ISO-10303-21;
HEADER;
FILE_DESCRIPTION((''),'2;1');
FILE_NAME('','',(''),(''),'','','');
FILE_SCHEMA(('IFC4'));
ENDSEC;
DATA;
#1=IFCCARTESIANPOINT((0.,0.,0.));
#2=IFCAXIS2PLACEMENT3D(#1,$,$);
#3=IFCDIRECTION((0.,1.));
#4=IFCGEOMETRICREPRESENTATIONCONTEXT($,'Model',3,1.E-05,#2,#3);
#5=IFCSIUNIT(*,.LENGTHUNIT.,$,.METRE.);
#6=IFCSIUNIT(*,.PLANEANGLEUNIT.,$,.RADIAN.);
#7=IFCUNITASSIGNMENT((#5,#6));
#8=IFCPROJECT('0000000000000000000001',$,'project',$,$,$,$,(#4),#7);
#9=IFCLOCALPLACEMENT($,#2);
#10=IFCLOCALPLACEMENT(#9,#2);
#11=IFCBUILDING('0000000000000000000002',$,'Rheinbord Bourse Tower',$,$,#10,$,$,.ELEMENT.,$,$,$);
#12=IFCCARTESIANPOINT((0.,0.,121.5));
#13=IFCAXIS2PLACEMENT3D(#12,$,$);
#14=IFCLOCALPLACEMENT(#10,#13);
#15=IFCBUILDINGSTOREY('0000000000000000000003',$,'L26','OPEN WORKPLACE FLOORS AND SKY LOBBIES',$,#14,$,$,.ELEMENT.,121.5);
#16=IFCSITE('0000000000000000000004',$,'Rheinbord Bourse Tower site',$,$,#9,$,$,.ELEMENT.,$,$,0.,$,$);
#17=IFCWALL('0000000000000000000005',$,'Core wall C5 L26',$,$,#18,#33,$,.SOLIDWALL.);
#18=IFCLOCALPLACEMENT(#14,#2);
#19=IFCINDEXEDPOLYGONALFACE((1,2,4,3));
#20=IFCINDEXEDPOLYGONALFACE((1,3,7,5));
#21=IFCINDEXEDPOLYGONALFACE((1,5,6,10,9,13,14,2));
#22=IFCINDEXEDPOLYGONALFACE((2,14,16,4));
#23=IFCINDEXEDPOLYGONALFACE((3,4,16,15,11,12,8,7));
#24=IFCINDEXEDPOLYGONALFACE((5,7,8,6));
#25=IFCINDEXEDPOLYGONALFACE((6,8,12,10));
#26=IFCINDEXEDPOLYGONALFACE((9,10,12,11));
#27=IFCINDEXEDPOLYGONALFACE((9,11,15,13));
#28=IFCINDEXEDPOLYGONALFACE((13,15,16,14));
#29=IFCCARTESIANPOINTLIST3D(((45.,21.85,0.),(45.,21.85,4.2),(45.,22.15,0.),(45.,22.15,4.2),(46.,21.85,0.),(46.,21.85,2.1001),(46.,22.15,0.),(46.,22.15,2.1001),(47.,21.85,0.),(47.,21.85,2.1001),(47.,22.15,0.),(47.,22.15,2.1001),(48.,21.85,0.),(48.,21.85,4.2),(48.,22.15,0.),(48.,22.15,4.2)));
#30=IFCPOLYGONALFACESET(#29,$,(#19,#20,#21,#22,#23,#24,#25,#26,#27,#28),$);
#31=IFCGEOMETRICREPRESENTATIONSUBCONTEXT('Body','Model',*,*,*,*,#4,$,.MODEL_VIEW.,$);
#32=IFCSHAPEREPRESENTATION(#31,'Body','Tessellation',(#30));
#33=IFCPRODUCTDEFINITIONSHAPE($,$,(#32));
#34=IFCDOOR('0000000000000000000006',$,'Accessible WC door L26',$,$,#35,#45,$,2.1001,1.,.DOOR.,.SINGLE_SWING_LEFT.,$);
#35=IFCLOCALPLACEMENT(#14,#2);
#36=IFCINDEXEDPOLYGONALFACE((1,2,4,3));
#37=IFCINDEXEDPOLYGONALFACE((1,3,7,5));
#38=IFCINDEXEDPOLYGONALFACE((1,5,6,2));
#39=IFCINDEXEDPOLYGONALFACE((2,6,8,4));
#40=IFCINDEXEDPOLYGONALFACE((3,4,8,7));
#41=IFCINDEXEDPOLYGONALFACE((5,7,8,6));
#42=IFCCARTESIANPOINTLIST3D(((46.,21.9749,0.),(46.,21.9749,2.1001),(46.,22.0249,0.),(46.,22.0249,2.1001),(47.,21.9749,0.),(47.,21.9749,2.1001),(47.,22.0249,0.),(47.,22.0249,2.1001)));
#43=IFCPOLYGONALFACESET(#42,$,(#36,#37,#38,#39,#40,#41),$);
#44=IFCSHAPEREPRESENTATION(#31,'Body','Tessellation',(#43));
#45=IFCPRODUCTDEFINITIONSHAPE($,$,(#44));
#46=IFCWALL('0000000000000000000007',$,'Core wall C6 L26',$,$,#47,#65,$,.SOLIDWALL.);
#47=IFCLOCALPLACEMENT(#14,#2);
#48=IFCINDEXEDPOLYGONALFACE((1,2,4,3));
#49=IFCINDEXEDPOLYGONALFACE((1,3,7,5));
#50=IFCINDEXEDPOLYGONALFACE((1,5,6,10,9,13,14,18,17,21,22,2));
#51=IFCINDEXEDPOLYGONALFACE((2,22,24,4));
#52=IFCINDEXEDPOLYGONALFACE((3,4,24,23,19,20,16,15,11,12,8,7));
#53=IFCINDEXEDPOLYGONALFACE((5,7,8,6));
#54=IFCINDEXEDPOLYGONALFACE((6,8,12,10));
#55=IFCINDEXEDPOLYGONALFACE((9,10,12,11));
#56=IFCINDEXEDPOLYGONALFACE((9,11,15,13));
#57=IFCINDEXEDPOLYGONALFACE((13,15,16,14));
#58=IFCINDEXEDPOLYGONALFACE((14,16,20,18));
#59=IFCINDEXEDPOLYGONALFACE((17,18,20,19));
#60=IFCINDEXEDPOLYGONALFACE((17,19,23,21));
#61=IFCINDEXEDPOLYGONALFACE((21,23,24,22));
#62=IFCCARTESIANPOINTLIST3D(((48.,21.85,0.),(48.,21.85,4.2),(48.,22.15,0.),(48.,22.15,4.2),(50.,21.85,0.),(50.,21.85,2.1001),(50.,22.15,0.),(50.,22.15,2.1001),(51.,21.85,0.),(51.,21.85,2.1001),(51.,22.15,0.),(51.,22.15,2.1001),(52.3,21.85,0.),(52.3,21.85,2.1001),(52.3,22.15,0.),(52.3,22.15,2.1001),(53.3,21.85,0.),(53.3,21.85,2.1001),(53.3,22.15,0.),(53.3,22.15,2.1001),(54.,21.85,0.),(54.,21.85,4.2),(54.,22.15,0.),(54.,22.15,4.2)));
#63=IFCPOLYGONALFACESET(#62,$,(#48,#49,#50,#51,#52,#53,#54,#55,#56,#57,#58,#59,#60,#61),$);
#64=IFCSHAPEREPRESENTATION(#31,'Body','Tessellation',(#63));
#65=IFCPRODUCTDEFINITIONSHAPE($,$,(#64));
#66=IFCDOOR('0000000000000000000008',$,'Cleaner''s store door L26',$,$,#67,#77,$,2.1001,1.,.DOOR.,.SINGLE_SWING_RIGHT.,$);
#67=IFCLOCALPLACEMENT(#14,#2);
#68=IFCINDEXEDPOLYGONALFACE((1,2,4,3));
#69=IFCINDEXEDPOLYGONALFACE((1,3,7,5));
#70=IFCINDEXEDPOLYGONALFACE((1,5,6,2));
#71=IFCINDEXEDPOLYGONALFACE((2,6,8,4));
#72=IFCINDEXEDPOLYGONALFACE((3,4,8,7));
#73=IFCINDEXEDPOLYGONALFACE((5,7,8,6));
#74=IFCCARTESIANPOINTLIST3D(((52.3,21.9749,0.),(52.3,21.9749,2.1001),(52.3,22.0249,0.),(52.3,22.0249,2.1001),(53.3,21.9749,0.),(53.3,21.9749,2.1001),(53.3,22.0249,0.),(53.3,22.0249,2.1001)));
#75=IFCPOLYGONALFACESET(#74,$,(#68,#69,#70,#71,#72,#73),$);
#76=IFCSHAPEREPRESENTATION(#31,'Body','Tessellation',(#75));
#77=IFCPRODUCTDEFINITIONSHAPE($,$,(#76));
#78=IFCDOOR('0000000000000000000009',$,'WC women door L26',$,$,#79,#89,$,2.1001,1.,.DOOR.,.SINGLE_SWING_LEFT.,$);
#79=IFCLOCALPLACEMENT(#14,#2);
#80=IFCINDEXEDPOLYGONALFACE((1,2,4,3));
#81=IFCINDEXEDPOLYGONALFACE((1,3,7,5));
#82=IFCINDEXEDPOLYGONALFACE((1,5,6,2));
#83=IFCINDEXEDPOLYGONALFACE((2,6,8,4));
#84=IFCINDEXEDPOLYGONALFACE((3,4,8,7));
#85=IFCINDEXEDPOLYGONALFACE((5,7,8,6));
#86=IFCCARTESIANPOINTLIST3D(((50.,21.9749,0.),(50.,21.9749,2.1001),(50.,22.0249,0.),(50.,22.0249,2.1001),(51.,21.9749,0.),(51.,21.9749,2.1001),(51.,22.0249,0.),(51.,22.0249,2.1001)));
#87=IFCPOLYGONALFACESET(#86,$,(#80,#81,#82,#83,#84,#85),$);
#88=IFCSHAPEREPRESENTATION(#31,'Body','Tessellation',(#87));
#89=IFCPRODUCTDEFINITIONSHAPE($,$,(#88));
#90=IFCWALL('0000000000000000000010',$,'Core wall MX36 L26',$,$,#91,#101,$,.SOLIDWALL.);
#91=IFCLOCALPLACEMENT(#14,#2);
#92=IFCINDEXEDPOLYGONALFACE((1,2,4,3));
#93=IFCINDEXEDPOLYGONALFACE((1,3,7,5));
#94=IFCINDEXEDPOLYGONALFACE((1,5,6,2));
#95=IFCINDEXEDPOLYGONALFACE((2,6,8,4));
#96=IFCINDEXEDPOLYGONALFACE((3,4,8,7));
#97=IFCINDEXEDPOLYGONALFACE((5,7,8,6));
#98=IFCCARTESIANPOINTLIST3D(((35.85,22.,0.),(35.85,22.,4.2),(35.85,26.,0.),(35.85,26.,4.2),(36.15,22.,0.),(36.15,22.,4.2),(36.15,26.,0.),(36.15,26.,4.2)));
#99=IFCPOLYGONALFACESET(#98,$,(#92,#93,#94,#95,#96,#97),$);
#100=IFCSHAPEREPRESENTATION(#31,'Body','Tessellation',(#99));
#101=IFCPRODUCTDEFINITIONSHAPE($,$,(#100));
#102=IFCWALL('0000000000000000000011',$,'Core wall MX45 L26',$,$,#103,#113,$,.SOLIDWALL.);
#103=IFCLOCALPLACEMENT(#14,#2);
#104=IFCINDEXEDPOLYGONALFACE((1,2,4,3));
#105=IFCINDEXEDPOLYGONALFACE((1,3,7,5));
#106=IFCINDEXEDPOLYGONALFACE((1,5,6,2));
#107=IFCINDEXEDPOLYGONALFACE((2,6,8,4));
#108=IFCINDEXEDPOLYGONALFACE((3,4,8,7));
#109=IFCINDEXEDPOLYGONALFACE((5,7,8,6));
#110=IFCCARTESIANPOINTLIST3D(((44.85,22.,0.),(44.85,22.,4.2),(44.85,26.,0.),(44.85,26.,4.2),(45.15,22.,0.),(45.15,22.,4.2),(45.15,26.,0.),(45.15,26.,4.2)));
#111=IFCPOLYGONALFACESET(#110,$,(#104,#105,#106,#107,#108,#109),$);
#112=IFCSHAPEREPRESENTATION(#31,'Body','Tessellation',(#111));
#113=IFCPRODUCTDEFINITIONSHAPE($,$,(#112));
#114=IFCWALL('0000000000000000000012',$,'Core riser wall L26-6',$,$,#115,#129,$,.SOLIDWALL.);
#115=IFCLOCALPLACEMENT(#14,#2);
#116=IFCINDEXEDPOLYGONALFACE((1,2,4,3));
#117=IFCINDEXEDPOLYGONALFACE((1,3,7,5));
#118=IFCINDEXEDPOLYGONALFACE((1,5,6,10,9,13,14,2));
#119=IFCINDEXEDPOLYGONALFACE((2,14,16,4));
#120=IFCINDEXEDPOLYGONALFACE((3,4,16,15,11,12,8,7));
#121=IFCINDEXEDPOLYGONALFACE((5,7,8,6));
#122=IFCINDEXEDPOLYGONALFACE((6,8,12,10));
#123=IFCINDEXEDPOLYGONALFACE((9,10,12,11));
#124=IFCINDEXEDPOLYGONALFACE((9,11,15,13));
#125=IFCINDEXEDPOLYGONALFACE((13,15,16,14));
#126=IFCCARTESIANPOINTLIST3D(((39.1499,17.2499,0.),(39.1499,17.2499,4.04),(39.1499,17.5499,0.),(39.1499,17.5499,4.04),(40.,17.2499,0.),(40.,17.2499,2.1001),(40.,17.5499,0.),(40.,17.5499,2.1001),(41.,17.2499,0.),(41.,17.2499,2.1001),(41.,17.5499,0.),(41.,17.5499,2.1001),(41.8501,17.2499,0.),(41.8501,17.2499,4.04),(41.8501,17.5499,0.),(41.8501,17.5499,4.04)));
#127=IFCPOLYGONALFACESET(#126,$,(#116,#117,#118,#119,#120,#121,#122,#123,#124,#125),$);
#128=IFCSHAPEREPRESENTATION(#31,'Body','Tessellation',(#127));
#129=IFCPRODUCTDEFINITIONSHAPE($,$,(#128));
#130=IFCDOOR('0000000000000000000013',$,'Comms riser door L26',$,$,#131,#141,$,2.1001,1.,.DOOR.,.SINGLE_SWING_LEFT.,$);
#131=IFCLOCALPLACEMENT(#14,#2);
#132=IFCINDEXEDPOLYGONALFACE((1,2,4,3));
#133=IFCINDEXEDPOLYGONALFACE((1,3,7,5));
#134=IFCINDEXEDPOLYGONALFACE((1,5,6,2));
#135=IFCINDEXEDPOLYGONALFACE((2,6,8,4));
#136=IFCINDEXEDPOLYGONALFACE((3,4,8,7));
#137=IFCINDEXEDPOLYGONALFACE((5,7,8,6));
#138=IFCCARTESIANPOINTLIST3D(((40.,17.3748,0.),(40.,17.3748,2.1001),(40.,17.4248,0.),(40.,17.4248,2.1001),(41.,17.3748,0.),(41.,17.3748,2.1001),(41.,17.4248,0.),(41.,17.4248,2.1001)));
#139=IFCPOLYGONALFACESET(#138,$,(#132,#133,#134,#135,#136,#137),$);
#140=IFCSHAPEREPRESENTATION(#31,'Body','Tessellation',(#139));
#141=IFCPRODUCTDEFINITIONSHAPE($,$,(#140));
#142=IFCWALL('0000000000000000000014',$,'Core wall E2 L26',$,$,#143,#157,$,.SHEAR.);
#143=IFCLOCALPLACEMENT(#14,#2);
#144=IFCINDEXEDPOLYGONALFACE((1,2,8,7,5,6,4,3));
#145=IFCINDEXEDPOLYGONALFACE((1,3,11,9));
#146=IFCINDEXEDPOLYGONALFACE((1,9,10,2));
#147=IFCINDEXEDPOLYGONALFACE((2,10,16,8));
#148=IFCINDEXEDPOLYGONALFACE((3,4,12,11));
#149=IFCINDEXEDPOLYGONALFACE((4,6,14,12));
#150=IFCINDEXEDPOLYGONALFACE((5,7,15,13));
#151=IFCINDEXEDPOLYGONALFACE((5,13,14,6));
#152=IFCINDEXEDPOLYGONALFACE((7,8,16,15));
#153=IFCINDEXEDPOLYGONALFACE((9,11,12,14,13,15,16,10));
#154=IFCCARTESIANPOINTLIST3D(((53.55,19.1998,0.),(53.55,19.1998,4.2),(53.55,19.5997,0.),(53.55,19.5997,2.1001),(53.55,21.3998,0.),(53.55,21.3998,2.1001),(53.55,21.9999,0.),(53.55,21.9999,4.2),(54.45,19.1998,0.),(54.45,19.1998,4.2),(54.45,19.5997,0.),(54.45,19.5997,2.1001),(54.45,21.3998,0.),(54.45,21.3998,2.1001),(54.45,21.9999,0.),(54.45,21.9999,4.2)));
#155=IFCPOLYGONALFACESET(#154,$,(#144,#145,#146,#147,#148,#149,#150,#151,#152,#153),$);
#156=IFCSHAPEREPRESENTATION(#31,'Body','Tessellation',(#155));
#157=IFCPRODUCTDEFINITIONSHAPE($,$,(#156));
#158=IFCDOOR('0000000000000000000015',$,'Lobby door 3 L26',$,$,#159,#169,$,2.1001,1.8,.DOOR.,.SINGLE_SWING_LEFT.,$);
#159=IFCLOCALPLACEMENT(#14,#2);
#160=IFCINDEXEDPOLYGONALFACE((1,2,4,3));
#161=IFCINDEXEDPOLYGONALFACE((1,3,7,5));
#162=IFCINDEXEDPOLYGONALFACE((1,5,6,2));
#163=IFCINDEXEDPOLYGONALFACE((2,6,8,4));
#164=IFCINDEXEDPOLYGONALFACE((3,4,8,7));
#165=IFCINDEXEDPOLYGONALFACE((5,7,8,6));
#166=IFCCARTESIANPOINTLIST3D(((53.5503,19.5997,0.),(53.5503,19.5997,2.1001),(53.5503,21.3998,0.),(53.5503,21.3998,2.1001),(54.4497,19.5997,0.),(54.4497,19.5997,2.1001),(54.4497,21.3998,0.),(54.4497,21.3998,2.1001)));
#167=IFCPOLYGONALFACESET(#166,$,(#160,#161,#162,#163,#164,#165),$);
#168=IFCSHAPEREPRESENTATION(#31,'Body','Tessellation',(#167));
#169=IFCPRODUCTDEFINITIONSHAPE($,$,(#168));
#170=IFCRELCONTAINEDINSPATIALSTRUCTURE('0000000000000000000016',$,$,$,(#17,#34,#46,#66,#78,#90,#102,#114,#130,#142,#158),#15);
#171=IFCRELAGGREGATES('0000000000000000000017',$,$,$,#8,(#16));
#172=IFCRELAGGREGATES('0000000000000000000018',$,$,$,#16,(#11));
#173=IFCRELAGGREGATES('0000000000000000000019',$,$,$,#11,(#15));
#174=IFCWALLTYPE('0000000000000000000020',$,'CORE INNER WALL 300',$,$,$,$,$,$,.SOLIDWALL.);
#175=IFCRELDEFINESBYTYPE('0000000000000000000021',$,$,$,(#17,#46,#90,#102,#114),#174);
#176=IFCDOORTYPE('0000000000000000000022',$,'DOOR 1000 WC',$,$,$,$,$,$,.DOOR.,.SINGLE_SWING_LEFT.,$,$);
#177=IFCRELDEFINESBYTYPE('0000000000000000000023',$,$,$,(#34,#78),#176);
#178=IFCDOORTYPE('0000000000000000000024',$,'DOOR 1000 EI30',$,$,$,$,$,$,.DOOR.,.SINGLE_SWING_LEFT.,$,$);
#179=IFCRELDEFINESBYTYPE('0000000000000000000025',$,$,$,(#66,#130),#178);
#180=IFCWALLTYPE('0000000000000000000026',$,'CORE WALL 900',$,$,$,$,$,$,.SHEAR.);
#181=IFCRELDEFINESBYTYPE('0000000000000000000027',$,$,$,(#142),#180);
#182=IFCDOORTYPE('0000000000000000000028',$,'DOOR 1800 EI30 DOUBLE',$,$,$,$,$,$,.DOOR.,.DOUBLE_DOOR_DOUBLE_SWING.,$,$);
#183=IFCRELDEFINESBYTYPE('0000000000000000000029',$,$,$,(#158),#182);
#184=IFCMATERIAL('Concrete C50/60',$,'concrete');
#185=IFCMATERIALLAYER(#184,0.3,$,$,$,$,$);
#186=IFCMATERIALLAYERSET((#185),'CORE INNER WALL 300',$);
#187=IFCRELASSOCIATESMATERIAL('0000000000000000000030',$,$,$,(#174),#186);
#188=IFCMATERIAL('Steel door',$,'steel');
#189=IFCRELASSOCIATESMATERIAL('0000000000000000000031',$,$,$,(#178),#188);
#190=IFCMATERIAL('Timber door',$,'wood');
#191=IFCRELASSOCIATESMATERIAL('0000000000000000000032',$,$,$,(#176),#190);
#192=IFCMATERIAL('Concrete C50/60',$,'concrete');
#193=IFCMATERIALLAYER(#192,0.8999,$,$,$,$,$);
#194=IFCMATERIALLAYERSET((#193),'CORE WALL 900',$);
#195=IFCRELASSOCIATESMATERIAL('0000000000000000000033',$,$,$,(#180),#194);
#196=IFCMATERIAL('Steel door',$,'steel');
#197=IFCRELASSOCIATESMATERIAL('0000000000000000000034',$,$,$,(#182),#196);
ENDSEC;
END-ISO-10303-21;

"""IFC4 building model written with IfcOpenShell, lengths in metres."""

from ifc_helpers import new_model, si_unit, direction, frame, frame_2d, origin, place, context, subcontext, project, spatial, rectangle, extrude, material, layer, layer_set, type_object, element, fill, save


model = new_model("IFC4")

# Units and contexts
model_context = context("Model", 3, precision=1e-05, world=origin(), true_north=direction((0.0, 1.0)))
body_context = subcontext(model_context, "Body", "Model", "MODEL_VIEW")
ifc_project = project(units=[si_unit("LENGTHUNIT", "METRE"), si_unit("PLANEANGLEUNIT", "RADIAN")], contexts=[model_context])

# Site, building, storey
site_placement = place(None, origin())
site = spatial("IfcSite", under=ifc_project, at=site_placement, Name="Rheinbord Bourse Tower site", CompositionType="ELEMENT", RefElevation=0.0)
building_placement = place(site_placement, origin())
building = spatial("IfcBuilding", under=site, at=building_placement, Name="Rheinbord Bourse Tower", CompositionType="ELEMENT")
storey_placement = place(building_placement, frame((0.0, 0.0, 121.5)))
storey = spatial("IfcBuildingStorey", under=building, at=storey_placement, Name="L26", Description="OPEN WORKPLACE FLOORS AND SKY LOBBIES", CompositionType="ELEMENT", Elevation=121.5)

# Shared definitions
ifc_material_1 = material(Name="Concrete C50/60", Category="concrete")
ifc_layer_1 = layer(ifc_material_1, 0.3)
ifc_layer_set_1 = layer_set([ifc_layer_1], Name="CORE INNER WALL 300")
wall_type_1 = type_object("IfcWallType", Name="CORE INNER WALL 300", PredefinedType="SOLIDWALL", material=ifc_layer_set_1)
ifc_material_2 = material(Name="Steel door", Category="steel")
door_type_1 = type_object("IfcDoorType", Name="DOOR 1000 EI30", OperationType="SINGLE_SWING_LEFT", PredefinedType="DOOR", material=ifc_material_2)

# Wall, opening, door
wall_1_placement = place(storey_placement, frame((45.0, 22.0, 0.0), z_axis=(0.0, 0.0, 1.0), x_axis=(1.0, 0.0, 0.0)))
wall_1 = element("IfcWall", 1, at=wall_1_placement, inside=storey, type_object=wall_type_1, Name="Core wall C5 L26", PredefinedType="SOLIDWALL", context=body_context, shape_type="SweptSolid", body=[
    extrude(rectangle(XDim=3.0, YDim=0.3, at=frame_2d((1.5, 0.0))), origin(), (0.0, 0.0, 1.0), 4.2),
])
opening_1_placement = place(wall_1_placement, frame((1.0, 0.0, 0.0)))
opening_1 = element("IfcOpeningElement", 2, at=opening_1_placement, cuts=wall_1, PredefinedType="OPENING", context=body_context, shape_type="SweptSolid", body=[
    extrude(rectangle(XDim=1.0, YDim=2.1001, at=frame_2d((0.5, 1.05))), frame((0.0, 0.1599, 0.0), z_axis=(0.0, -1.0, 0.0), x_axis=(1.0, 0.0, 0.0)), (0.0, 0.0, 1.0), 0.3201),
])
ifc_material_3 = material(Name="Timber door", Category="wood")
door_type_2 = type_object("IfcDoorType", Name="DOOR 1000 WC", OperationType="SINGLE_SWING_LEFT", PredefinedType="DOOR", material=ifc_material_3)
door_1_placement = place(opening_1_placement, origin())
door_1 = element("IfcDoor", 3, at=door_1_placement, inside=storey, type_object=door_type_2, Name="Accessible WC door L26", OperationType="SINGLE_SWING_LEFT", OverallHeight=2.1001, OverallWidth=1.0, PredefinedType="DOOR", context=body_context, shape_type="SweptSolid", body=[
    extrude(rectangle(XDim=1.0, YDim=2.1001, at=frame_2d((0.5, 1.05))), frame((0.0, 0.0249, 0.0), z_axis=(0.0, -1.0, 0.0), x_axis=(1.0, 0.0, 0.0)), (0.0, 0.0, 1.0), 0.05),
])
fill(opening_1, door_1)

# Wall, openings, doors
wall_2_placement = place(storey_placement, frame((48.0, 22.0, 0.0), z_axis=(0.0, 0.0, 1.0), x_axis=(1.0, 0.0, 0.0)))
wall_2 = element("IfcWall", 4, at=wall_2_placement, inside=storey, type_object=wall_type_1, Name="Core wall C6 L26", PredefinedType="SOLIDWALL", context=body_context, shape_type="SweptSolid", body=[
    extrude(rectangle(XDim=6.0, YDim=0.3, at=frame_2d((3.0, 0.0))), origin(), (0.0, 0.0, 1.0), 4.2),
])
opening_2_placement = place(wall_2_placement, frame((2.0, 0.0, 0.0)))
opening_2 = element("IfcOpeningElement", 5, at=opening_2_placement, cuts=wall_2, PredefinedType="OPENING", context=body_context, shape_type="SweptSolid", body=[
    extrude(rectangle(XDim=1.0, YDim=2.1001, at=frame_2d((0.5, 1.05))), frame((0.0, 0.1599, 0.0), z_axis=(0.0, -1.0, 0.0), x_axis=(1.0, 0.0, 0.0)), (0.0, 0.0, 1.0), 0.3201),
])
opening_3_placement = place(wall_2_placement, frame((4.3, 0.0, 0.0)))
opening_3 = element("IfcOpeningElement", 6, at=opening_3_placement, cuts=wall_2, PredefinedType="OPENING", context=body_context, shape_type="SweptSolid", body=[
    extrude(rectangle(XDim=1.0, YDim=2.1001, at=frame_2d((0.5, 1.05))), frame((0.0, 0.1599, 0.0), z_axis=(0.0, -1.0, 0.0), x_axis=(1.0, 0.0, 0.0)), (0.0, 0.0, 1.0), 0.3201),
])
door_2_placement = place(opening_3_placement, origin())
door_2 = element("IfcDoor", 7, at=door_2_placement, inside=storey, type_object=door_type_1, Name="Cleaner's store door L26", OperationType="SINGLE_SWING_RIGHT", OverallHeight=2.1001, OverallWidth=1.0, PredefinedType="DOOR", context=body_context, shape_type="SweptSolid", body=[
    extrude(rectangle(XDim=1.0, YDim=2.1001, at=frame_2d((0.5, 1.05))), frame((0.0, 0.0249, 0.0), z_axis=(0.0, -1.0, 0.0), x_axis=(1.0, 0.0, 0.0)), (0.0, 0.0, 1.0), 0.05),
])
fill(opening_3, door_2)
door_3_placement = place(opening_2_placement, origin())
door_3 = element("IfcDoor", 8, at=door_3_placement, inside=storey, type_object=door_type_2, Name="WC women door L26", OperationType="SINGLE_SWING_LEFT", OverallHeight=2.1001, OverallWidth=1.0, PredefinedType="DOOR", context=body_context, shape_type="SweptSolid", body=[
    extrude(rectangle(XDim=1.0, YDim=2.1001, at=frame_2d((0.5, 1.05))), frame((0.0, 0.0249, 0.0), z_axis=(0.0, -1.0, 0.0), x_axis=(1.0, 0.0, 0.0)), (0.0, 0.0, 1.0), 0.05),
])
fill(opening_2, door_3)

# Walls
for number, where, z_axis, x_axis, name in (
    (9, (36.0, 22.0, 0.0), (0.0, 0.0, 1.0), (0.0, 1.0, 0.0), "Core wall MX36 L26"),
    (10, (45.0, 22.0, 0.0), (0.0, 0.0, 1.0), (0.0, 1.0, 0.0), "Core wall MX45 L26"),
):
    element("IfcWall", number, at=place(storey_placement, frame(where, z_axis=z_axis, x_axis=x_axis)), inside=storey, type_object=wall_type_1, Name=name, PredefinedType="SOLIDWALL", context=body_context, shape_type="SweptSolid", body=[
        extrude(rectangle(XDim=4.0, YDim=0.3, at=frame_2d((2.0, 0.0))), origin(), (0.0, 0.0, 1.0), 4.2),
    ])

# Walls, openings, doors
wall_3_placement = place(storey_placement, frame((39.1499, 17.3999, 0.0), z_axis=(0.0, 0.0, 1.0), x_axis=(1.0, 0.0, 0.0)))
wall_3 = element("IfcWall", 11, at=wall_3_placement, inside=storey, type_object=wall_type_1, Name="Core riser wall L26-6", PredefinedType="SOLIDWALL", context=body_context, shape_type="SweptSolid", body=[
    extrude(rectangle(XDim=2.7002, YDim=0.3, at=frame_2d((1.3501, 0.0))), origin(), (0.0, 0.0, 1.0), 4.04),
])
opening_4_placement = place(wall_3_placement, frame((0.8501, 0.0, 0.0)))
opening_4 = element("IfcOpeningElement", 12, at=opening_4_placement, cuts=wall_3, PredefinedType="OPENING", context=body_context, shape_type="SweptSolid", body=[
    extrude(rectangle(XDim=1.0, YDim=2.1001, at=frame_2d((0.5, 1.05))), frame((0.0, 0.1599, 0.0), z_axis=(0.0, -1.0, 0.0), x_axis=(1.0, 0.0, 0.0)), (0.0, 0.0, 1.0), 0.3201),
])
door_4_placement = place(opening_4_placement, origin())
door_4 = element("IfcDoor", 13, at=door_4_placement, inside=storey, type_object=door_type_1, Name="Comms riser door L26", OperationType="SINGLE_SWING_LEFT", OverallHeight=2.1001, OverallWidth=1.0, PredefinedType="DOOR", context=body_context, shape_type="SweptSolid", body=[
    extrude(rectangle(XDim=1.0, YDim=2.1001, at=frame_2d((0.5, 1.05))), frame((0.0, 0.0249, 0.0), z_axis=(0.0, -1.0, 0.0), x_axis=(1.0, 0.0, 0.0)), (0.0, 0.0, 1.0), 0.05),
])
fill(opening_4, door_4)
ifc_material_4 = material(Name="Concrete C50/60", Category="concrete")
ifc_layer_2 = layer(ifc_material_4, 0.8999)
ifc_layer_set_2 = layer_set([ifc_layer_2], Name="CORE WALL 900")
wall_type_2 = type_object("IfcWallType", Name="CORE WALL 900", PredefinedType="SHEAR", material=ifc_layer_set_2)
wall_4_placement = place(storey_placement, frame((54.0, 19.2, 0.0), z_axis=(0.0, 0.0, 1.0), x_axis=(0.0, 1.0, 0.0)))
wall_4 = element("IfcWall", 14, at=wall_4_placement, inside=storey, type_object=wall_type_2, Name="Core wall E2 L26", PredefinedType="SHEAR", context=body_context, shape_type="SweptSolid", body=[
    extrude(rectangle(XDim=2.8, YDim=0.8999, at=frame_2d((1.3999, 0.0))), origin(), (0.0, 0.0, 1.0), 4.2),
])
opening_5_placement = place(wall_4_placement, frame((0.3999, 0.0, 0.0)))
opening_5 = element("IfcOpeningElement", 15, at=opening_5_placement, cuts=wall_4, PredefinedType="OPENING", context=body_context, shape_type="SweptSolid", body=[
    extrude(rectangle(XDim=1.8, YDim=2.1001, at=frame_2d((0.8999, 1.05))), frame((0.0, 0.46, 0.0), z_axis=(0.0, -1.0, 0.0), x_axis=(1.0, 0.0, 0.0)), (0.0, 0.0, 1.0), 0.9199),
])
ifc_material_5 = material(Name="Steel door", Category="steel")
door_type_3 = type_object("IfcDoorType", Name="DOOR 1800 EI30 DOUBLE", OperationType="DOUBLE_DOOR_DOUBLE_SWING", PredefinedType="DOOR", material=ifc_material_5)
door_5_placement = place(opening_5_placement, origin())
door_5 = element("IfcDoor", 16, at=door_5_placement, inside=storey, type_object=door_type_3, Name="Lobby door 3 L26", OperationType="SINGLE_SWING_LEFT", OverallHeight=2.1001, OverallWidth=1.8, PredefinedType="DOOR", context=body_context, shape_type="SweptSolid", body=[
    extrude(rectangle(XDim=1.8, YDim=2.1001, at=frame_2d((0.8999, 1.05))), frame((0.0, 0.4497, 0.0), z_axis=(0.0, -1.0, 0.0), x_axis=(1.0, 0.0, 0.0)), (0.0, 0.0, 1.0), 0.8994),
])
fill(opening_5, door_5)

save(model, "model.ifc")
